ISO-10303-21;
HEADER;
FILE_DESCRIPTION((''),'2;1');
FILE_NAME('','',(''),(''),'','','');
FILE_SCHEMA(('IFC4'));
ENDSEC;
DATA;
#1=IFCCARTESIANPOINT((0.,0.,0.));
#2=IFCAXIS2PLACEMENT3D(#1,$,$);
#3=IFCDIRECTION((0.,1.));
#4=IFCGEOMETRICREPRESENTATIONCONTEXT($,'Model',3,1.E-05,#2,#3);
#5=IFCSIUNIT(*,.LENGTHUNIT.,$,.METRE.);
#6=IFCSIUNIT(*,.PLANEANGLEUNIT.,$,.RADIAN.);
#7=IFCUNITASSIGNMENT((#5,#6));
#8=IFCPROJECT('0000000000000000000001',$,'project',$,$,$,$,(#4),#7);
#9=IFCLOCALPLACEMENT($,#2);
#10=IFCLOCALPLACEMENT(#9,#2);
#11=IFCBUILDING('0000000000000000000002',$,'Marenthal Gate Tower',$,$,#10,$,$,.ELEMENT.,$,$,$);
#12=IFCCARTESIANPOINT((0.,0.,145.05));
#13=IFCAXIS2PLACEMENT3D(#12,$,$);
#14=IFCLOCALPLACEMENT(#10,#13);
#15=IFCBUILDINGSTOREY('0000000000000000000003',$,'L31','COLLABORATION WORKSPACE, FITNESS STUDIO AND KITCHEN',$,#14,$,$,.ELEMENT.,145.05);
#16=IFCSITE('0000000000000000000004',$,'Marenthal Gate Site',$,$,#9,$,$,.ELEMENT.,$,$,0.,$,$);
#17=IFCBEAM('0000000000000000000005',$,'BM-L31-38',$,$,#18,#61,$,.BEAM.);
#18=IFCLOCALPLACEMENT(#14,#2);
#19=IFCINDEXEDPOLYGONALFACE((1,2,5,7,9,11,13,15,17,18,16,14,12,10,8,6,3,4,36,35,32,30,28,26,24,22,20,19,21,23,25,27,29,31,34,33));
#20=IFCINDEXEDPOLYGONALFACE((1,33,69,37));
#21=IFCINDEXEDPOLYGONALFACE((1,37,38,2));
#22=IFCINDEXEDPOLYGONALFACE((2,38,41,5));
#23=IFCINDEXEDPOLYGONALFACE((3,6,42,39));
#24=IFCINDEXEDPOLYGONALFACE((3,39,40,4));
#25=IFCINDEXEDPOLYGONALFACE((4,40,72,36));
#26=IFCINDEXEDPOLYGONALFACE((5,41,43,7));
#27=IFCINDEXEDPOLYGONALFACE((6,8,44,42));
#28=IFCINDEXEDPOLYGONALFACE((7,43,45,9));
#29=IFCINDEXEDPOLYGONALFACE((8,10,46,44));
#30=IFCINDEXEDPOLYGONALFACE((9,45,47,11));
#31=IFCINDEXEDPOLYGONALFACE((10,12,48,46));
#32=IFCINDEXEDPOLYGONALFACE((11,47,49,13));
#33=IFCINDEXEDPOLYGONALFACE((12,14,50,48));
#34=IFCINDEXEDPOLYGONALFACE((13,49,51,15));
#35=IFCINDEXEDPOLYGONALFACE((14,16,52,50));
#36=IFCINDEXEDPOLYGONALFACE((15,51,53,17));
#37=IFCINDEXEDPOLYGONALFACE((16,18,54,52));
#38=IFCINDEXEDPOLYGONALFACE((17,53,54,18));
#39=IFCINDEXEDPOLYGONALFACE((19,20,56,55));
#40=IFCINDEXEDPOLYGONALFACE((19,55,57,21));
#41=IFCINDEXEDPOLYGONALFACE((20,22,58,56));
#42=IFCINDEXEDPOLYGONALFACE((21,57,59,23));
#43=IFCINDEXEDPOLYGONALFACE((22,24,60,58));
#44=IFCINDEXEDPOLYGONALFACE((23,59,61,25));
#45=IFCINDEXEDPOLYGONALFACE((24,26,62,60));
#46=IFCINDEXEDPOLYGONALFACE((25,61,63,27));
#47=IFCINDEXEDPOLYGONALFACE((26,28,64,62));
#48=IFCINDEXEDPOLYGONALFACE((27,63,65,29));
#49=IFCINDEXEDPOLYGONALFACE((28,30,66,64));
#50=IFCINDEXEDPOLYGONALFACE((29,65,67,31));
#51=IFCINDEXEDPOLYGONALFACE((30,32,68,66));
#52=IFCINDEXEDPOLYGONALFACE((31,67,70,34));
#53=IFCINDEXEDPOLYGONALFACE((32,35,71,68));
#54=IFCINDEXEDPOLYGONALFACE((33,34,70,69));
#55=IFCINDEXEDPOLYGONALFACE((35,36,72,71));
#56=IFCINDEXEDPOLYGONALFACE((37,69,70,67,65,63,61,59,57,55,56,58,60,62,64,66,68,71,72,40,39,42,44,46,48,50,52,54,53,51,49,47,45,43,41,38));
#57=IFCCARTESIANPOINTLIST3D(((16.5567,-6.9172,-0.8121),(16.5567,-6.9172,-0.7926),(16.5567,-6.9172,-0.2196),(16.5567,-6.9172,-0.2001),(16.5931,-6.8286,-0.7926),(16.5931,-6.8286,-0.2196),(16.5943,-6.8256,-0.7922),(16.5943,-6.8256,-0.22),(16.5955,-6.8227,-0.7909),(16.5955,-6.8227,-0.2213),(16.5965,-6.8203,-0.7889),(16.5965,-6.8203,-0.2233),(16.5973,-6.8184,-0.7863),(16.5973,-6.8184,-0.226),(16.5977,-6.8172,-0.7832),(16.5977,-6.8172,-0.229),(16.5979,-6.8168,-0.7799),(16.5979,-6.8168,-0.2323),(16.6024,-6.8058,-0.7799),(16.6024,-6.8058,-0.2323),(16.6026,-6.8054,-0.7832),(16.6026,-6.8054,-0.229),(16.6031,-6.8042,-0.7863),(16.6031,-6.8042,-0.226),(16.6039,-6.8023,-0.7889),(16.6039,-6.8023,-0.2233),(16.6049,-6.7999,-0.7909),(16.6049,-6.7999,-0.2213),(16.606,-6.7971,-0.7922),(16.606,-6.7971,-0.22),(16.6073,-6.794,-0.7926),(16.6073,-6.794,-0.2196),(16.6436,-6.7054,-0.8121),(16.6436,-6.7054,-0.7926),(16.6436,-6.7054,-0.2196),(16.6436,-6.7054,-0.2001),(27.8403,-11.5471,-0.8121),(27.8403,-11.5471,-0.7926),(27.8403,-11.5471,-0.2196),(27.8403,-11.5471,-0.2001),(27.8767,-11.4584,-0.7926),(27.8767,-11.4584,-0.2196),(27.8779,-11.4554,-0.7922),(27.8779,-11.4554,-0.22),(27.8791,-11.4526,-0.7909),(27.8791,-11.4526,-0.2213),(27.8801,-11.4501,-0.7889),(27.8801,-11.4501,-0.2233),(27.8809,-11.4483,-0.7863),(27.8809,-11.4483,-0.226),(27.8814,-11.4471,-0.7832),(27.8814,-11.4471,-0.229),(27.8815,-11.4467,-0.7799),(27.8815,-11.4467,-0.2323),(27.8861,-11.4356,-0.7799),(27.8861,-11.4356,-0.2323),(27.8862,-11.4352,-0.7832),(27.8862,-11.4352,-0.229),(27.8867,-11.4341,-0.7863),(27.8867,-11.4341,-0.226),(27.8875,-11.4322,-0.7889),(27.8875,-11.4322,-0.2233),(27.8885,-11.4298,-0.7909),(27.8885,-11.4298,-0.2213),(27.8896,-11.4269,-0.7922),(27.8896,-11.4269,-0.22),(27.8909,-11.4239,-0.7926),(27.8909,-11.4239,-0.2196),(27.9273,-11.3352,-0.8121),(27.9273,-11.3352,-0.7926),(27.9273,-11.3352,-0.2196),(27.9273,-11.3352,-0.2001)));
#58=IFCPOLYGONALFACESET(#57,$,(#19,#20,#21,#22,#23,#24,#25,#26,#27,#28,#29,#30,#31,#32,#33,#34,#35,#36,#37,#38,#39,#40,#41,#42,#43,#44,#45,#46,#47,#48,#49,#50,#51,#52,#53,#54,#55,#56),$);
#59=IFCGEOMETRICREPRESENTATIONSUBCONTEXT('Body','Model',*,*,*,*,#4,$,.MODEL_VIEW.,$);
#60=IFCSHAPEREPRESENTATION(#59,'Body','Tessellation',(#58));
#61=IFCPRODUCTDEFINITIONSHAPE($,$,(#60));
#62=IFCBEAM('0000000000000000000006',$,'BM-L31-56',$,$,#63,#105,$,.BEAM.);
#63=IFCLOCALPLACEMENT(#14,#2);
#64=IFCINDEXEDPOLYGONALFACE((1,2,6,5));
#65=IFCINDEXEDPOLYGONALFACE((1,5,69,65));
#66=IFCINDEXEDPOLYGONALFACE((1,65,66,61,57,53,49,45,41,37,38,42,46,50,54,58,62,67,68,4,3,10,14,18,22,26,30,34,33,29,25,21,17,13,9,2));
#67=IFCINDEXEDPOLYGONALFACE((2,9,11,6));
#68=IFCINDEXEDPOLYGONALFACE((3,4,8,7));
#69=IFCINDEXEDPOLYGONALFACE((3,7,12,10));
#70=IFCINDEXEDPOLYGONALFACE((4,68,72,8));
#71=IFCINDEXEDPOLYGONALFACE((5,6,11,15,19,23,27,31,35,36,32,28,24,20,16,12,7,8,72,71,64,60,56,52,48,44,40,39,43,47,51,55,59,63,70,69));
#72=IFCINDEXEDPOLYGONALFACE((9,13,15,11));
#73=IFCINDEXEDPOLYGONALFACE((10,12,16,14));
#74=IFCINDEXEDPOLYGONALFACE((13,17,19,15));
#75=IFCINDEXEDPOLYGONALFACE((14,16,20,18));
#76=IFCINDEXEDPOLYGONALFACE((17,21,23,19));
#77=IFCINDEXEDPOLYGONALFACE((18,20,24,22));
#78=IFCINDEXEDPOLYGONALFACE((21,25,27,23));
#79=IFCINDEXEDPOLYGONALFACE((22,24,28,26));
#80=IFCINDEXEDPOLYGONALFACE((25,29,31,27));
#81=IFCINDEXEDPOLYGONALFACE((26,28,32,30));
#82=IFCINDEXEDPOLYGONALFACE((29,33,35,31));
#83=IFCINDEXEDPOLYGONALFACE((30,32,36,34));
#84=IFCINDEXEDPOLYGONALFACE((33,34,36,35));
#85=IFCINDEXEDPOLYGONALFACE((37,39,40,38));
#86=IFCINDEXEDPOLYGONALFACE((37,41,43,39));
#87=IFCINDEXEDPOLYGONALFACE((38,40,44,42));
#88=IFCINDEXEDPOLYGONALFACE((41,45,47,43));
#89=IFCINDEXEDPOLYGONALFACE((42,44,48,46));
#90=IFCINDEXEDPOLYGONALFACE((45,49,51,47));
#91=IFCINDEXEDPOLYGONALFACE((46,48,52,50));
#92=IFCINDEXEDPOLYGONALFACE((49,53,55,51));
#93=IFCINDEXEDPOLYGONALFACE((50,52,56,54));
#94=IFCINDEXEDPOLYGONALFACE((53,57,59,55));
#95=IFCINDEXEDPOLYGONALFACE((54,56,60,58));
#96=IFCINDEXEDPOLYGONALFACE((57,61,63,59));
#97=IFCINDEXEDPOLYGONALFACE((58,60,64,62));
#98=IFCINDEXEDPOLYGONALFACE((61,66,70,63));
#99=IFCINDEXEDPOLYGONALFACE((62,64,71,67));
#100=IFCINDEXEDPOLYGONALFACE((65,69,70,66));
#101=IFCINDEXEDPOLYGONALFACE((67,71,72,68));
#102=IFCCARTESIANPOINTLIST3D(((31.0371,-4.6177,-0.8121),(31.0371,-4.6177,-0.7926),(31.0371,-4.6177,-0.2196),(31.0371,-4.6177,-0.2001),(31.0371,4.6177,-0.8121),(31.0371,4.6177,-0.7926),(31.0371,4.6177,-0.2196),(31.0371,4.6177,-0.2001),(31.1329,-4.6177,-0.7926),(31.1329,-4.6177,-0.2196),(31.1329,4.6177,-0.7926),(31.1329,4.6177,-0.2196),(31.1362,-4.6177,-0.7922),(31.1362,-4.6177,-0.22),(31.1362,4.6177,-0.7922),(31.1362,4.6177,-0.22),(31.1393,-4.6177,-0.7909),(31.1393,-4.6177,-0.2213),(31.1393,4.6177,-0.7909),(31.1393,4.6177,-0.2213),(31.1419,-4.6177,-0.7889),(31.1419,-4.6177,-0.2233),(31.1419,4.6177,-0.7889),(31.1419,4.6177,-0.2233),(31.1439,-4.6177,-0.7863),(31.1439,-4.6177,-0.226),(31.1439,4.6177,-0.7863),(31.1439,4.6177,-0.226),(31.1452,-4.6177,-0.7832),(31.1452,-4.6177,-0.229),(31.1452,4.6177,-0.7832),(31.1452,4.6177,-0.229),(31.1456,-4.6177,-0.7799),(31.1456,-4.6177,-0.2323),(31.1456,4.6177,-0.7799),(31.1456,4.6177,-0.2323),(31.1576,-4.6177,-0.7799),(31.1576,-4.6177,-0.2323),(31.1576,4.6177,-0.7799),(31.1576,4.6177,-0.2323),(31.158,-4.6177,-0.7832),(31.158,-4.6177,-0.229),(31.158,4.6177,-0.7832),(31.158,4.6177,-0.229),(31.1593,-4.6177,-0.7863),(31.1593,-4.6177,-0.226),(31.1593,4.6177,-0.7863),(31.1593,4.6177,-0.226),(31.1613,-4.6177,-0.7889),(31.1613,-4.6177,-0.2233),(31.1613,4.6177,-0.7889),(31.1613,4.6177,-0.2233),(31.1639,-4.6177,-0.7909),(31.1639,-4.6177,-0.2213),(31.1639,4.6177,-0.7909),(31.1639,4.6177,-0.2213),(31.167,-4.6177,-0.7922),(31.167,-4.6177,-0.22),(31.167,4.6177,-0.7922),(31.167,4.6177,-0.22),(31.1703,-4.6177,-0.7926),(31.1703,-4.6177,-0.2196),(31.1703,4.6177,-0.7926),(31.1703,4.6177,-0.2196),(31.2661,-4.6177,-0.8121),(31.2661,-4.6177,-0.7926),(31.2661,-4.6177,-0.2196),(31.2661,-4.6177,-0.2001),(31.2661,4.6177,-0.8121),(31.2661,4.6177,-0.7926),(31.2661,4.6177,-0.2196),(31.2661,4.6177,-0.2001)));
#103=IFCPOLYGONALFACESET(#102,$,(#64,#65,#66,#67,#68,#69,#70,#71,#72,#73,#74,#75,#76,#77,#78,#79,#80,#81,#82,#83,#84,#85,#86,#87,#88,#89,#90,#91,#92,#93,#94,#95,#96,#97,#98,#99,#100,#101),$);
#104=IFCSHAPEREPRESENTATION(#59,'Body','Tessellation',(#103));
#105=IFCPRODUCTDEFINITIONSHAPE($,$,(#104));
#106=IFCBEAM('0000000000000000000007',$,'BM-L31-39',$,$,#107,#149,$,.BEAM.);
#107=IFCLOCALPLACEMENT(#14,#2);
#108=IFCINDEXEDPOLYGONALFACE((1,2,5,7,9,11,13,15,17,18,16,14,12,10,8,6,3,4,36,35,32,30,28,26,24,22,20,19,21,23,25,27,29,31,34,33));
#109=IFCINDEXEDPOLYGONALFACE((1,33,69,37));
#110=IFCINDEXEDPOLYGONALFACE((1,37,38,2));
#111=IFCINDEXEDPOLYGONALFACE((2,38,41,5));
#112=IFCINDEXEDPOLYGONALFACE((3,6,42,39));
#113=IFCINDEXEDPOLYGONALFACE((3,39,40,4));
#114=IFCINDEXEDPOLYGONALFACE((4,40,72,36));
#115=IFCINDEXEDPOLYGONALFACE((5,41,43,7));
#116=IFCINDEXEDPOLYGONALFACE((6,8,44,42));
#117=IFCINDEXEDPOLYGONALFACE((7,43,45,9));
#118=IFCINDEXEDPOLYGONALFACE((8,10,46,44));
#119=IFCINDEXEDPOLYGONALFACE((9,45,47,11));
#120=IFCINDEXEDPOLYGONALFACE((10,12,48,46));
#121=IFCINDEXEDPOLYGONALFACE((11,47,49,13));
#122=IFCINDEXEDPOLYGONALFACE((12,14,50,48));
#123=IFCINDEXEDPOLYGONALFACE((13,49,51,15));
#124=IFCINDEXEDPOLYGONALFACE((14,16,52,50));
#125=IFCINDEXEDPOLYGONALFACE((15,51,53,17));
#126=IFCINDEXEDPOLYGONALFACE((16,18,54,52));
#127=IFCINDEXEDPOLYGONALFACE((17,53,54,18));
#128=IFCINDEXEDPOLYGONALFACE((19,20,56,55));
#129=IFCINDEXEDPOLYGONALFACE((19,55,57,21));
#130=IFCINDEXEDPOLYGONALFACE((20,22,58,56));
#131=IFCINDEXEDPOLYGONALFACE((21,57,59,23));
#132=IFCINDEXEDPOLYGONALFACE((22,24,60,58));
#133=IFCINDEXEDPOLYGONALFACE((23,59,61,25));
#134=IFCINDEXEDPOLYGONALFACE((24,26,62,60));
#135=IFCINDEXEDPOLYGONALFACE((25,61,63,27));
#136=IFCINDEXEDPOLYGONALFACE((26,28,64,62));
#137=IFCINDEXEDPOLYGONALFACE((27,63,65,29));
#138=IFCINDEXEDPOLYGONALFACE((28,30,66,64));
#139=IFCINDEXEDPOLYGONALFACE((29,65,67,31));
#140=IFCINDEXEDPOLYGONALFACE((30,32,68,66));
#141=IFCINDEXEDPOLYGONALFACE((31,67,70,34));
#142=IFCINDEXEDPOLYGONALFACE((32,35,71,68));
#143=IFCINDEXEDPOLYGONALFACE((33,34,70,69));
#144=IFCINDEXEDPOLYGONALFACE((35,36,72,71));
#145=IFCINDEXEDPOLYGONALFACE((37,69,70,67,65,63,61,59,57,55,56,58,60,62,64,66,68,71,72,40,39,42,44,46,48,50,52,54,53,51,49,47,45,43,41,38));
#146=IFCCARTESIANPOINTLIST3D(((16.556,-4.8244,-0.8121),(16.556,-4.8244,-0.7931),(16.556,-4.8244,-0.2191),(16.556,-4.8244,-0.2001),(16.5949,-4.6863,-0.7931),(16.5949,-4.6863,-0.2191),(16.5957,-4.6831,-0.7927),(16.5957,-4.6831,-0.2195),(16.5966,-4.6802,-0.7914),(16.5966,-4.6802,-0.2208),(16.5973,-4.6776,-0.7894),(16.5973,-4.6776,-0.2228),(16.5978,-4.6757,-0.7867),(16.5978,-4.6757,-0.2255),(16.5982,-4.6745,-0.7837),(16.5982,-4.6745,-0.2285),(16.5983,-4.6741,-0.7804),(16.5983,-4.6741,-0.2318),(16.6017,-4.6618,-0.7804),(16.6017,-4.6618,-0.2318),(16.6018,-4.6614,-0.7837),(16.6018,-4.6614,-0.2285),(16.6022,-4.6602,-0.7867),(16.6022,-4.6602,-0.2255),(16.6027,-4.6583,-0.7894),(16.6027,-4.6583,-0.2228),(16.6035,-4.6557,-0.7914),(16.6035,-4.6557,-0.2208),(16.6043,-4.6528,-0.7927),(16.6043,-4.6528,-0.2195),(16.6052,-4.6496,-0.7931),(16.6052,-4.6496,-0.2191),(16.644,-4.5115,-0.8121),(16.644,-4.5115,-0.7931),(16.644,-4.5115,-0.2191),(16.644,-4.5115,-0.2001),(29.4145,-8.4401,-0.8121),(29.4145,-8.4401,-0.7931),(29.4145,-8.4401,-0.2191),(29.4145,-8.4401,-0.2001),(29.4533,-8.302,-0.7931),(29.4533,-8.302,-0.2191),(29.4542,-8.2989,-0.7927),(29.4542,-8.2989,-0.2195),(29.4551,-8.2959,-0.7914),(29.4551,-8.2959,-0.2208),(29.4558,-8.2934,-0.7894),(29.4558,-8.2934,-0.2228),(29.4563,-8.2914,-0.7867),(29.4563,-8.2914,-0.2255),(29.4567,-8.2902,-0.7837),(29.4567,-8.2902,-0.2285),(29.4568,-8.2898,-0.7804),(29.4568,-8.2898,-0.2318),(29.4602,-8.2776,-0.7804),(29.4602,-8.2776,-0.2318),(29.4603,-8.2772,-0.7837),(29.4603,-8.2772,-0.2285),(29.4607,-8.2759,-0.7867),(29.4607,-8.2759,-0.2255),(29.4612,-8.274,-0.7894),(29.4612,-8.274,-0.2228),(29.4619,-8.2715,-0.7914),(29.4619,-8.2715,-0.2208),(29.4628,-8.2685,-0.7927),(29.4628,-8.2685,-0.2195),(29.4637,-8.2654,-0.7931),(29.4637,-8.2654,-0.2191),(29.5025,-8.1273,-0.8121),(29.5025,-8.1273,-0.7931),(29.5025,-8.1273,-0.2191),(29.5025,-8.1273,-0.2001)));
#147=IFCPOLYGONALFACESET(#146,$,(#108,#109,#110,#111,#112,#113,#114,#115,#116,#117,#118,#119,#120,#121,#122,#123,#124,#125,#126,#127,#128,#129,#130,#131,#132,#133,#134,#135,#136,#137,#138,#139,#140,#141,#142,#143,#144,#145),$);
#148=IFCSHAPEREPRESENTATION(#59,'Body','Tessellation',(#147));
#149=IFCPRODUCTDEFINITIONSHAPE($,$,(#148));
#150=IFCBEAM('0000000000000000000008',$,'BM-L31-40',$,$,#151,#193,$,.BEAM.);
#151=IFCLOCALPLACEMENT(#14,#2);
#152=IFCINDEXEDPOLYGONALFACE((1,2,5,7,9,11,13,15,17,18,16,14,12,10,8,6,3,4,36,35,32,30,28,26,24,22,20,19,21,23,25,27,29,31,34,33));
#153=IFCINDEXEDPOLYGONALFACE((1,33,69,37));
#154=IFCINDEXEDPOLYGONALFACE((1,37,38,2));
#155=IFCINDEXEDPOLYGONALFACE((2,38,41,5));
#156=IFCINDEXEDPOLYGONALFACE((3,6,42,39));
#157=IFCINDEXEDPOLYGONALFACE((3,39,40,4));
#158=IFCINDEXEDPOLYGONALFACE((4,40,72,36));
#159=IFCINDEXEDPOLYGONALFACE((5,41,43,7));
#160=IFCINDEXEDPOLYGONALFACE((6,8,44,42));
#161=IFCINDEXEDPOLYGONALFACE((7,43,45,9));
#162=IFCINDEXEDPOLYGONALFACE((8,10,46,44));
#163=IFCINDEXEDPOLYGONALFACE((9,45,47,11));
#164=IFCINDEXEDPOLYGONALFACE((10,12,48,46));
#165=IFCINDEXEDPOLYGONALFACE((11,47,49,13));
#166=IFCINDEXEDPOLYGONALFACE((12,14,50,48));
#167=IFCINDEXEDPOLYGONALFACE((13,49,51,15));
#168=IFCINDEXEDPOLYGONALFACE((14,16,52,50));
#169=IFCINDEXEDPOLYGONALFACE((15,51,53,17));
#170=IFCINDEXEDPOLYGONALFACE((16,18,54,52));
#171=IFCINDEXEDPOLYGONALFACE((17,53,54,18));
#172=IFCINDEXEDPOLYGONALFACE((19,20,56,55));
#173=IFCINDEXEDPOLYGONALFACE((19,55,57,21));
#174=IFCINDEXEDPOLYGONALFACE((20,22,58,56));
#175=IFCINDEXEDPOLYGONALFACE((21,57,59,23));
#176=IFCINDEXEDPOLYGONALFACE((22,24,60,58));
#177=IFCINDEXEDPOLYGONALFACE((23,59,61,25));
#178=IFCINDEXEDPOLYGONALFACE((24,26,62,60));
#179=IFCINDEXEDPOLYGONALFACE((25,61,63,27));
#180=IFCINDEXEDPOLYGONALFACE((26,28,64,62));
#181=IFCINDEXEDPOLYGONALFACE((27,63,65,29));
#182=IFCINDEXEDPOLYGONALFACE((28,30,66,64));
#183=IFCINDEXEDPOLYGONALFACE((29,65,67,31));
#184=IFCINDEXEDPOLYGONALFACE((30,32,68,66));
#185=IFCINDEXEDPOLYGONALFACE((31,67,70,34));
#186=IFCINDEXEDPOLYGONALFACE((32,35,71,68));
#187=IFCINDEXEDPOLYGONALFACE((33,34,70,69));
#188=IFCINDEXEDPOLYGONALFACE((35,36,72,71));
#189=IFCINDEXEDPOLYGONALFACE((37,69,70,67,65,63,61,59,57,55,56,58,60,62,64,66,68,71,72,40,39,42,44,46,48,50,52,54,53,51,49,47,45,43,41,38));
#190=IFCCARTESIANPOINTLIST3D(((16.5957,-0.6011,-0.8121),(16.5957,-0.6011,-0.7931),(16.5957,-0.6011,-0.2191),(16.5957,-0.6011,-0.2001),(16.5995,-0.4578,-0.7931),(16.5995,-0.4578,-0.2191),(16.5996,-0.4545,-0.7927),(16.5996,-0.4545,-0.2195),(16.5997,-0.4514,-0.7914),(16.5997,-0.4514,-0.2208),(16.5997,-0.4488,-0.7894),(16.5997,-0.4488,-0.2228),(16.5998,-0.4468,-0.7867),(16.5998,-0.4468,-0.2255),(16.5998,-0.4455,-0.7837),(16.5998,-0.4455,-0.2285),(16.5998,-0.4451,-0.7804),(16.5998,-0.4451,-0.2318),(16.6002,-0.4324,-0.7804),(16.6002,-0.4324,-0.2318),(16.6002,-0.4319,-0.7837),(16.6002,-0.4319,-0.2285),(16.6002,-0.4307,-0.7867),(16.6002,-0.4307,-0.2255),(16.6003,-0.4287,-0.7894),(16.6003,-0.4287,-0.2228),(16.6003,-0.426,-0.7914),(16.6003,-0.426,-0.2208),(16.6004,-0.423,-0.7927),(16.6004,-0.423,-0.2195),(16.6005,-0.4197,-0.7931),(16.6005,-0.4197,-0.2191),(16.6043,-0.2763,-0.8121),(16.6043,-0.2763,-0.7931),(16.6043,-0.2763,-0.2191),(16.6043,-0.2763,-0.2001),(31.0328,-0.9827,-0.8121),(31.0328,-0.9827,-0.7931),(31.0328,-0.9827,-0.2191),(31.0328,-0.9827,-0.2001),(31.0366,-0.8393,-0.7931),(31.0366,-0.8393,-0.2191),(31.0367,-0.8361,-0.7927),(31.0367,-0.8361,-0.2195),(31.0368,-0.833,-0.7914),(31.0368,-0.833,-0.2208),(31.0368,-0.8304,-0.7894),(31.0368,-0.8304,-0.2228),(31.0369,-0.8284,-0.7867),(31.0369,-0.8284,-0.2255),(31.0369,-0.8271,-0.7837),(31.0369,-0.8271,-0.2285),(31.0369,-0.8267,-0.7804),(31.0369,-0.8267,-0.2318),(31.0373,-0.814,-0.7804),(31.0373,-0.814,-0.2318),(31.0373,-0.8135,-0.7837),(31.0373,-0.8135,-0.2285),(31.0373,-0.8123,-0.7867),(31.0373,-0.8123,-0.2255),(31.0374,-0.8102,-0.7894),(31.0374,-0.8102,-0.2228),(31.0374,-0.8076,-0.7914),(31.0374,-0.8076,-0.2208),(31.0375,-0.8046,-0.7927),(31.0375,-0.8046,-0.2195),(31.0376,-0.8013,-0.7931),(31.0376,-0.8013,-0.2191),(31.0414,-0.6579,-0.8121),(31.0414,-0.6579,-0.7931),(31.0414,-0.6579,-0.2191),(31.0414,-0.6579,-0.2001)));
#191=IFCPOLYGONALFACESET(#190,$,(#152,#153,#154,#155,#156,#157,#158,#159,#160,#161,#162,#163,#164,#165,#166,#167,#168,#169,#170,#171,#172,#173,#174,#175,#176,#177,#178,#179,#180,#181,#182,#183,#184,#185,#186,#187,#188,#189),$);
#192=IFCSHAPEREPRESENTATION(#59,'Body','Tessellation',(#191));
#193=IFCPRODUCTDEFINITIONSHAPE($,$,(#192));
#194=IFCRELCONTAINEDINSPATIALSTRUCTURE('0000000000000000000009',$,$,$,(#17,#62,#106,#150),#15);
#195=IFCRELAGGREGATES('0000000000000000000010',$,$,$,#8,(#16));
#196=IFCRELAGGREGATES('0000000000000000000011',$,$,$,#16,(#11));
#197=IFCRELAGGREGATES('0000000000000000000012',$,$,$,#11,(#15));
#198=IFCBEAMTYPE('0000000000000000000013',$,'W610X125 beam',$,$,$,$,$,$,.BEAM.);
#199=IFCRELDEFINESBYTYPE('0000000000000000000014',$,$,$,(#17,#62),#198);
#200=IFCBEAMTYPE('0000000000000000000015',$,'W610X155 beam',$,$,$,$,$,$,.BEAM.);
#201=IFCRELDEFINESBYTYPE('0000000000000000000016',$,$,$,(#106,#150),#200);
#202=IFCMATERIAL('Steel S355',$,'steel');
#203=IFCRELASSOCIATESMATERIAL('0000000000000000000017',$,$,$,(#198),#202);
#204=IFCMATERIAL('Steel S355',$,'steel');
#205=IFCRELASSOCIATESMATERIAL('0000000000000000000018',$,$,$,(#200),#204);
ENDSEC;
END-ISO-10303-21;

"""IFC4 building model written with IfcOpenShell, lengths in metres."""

from ifc_helpers import new_model, si_unit, direction, frame, origin, origin_2d, place, context, subcontext, project, spatial, i_section, extrude, material, material_profile, profile_set, type_object, element, save


model = new_model("IFC4")

# Units and contexts
model_context = context("Model", 3, precision=1e-05, world=origin(), true_north=direction((0.0, 1.0)))
body_context = subcontext(model_context, "Body", "Model", "MODEL_VIEW")
ifc_project = project(units=[si_unit("LENGTHUNIT", "METRE"), si_unit("PLANEANGLEUNIT", "RADIAN")], contexts=[model_context])

# Site, building, storey
site_placement = place(None, origin())
site = spatial("IfcSite", under=ifc_project, at=site_placement, Name="Marenthal Gate Site", CompositionType="ELEMENT", RefElevation=0.0)
building_placement = place(site_placement, origin())
building = spatial("IfcBuilding", under=site, at=building_placement, Name="Marenthal Gate Tower", CompositionType="ELEMENT")
storey_placement = place(building_placement, frame((0.0, 0.0, 145.05)))
storey = spatial("IfcBuildingStorey", under=building, at=storey_placement, Name="L31", Description="COLLABORATION WORKSPACE, FITNESS STUDIO AND KITCHEN", CompositionType="ELEMENT", Elevation=145.05)

# Beams
ifc_material_1 = material(Name="Steel S355", Category="steel")
ifc_material_profile_1 = material_profile(ifc_material_1, i_section(OverallWidth=0.229, OverallDepth=0.6121, WebThickness=0.012, FlangeThickness=0.0195, FilletRadius=0.0127, at=origin_2d()), Name="W610X125")
ifc_profile_set_1 = profile_set([ifc_material_profile_1], Name="Steel S355")
beam_type_1 = type_object("IfcBeamType", Name="W610X125 beam", PredefinedType="BEAM", material=ifc_profile_set_1)
beam_1_placement = place(storey_placement, frame((27.8838, -11.4412, -0.5061), z_axis=(-0.925149, 0.379604, 0.0), x_axis=(-0.379604, -0.925149, 0.0)))
element("IfcBeam", 1, at=beam_1_placement, inside=storey, type_object=beam_type_1, Name="BM-L31-38", PredefinedType="BEAM", context=body_context, shape_type="SweptSolid", body=[
    extrude(i_section(OverallWidth=0.229, OverallDepth=0.6121, WebThickness=0.012, FlangeThickness=0.0195, FilletRadius=0.0127, at=origin_2d()), origin(), (0.0, 0.0, 1.0), 12.1965),
])
beam_2_placement = place(storey_placement, frame((31.1516, -4.6177, -0.5061), z_axis=(0.0, 1.0, 0.0), x_axis=(-1.0, 0.0, 0.0)))
element("IfcBeam", 2, at=beam_2_placement, inside=storey, type_object=beam_type_1, Name="BM-L31-56", PredefinedType="BEAM", context=body_context, shape_type="SweptSolid", body=[
    extrude(i_section(OverallWidth=0.229, OverallDepth=0.6121, WebThickness=0.012, FlangeThickness=0.0195, FilletRadius=0.0127, at=origin_2d()), origin(), (0.0, 0.0, 1.0), 9.2354),
])
ifc_material_2 = material(Name="Steel S355", Category="steel")
ifc_material_profile_2 = material_profile(ifc_material_2, i_section(OverallWidth=0.325, OverallDepth=0.6121, WebThickness=0.0127, FlangeThickness=0.019, FilletRadius=0.0127, at=origin_2d()), Name="W610X155")
ifc_profile_set_2 = profile_set([ifc_material_profile_2], Name="Steel S355")
beam_type_2 = type_object("IfcBeamType", Name="W610X155 beam", PredefinedType="BEAM", material=ifc_profile_set_2)
beam_3_placement = place(storey_placement, frame((29.4585, -8.2837, -0.5061), z_axis=(-0.962665, 0.270697, 0.0), x_axis=(-0.270697, -0.962665, 0.0)))
element("IfcBeam", 3, at=beam_3_placement, inside=storey, type_object=beam_type_2, Name="BM-L31-39", PredefinedType="BEAM", context=body_context, shape_type="SweptSolid", body=[
    extrude(i_section(OverallWidth=0.325, OverallDepth=0.6121, WebThickness=0.0127, FlangeThickness=0.019, FilletRadius=0.0127, at=origin_2d()), origin(), (0.0, 0.0, 1.0), 13.3572),
])
beam_4_placement = place(storey_placement, frame((31.0371, -0.8203, -0.5061), z_axis=(-0.999651, 0.026422, 0.0), x_axis=(-0.026422, -0.999651, 0.0)))
element("IfcBeam", 4, at=beam_4_placement, inside=storey, type_object=beam_type_2, Name="BM-L31-40", PredefinedType="BEAM", context=body_context, shape_type="SweptSolid", body=[
    extrude(i_section(OverallWidth=0.325, OverallDepth=0.6121, WebThickness=0.0127, FlangeThickness=0.019, FilletRadius=0.0127, at=origin_2d()), origin(), (0.0, 0.0, 1.0), 14.4421),
])

save(model, "model.ifc")
